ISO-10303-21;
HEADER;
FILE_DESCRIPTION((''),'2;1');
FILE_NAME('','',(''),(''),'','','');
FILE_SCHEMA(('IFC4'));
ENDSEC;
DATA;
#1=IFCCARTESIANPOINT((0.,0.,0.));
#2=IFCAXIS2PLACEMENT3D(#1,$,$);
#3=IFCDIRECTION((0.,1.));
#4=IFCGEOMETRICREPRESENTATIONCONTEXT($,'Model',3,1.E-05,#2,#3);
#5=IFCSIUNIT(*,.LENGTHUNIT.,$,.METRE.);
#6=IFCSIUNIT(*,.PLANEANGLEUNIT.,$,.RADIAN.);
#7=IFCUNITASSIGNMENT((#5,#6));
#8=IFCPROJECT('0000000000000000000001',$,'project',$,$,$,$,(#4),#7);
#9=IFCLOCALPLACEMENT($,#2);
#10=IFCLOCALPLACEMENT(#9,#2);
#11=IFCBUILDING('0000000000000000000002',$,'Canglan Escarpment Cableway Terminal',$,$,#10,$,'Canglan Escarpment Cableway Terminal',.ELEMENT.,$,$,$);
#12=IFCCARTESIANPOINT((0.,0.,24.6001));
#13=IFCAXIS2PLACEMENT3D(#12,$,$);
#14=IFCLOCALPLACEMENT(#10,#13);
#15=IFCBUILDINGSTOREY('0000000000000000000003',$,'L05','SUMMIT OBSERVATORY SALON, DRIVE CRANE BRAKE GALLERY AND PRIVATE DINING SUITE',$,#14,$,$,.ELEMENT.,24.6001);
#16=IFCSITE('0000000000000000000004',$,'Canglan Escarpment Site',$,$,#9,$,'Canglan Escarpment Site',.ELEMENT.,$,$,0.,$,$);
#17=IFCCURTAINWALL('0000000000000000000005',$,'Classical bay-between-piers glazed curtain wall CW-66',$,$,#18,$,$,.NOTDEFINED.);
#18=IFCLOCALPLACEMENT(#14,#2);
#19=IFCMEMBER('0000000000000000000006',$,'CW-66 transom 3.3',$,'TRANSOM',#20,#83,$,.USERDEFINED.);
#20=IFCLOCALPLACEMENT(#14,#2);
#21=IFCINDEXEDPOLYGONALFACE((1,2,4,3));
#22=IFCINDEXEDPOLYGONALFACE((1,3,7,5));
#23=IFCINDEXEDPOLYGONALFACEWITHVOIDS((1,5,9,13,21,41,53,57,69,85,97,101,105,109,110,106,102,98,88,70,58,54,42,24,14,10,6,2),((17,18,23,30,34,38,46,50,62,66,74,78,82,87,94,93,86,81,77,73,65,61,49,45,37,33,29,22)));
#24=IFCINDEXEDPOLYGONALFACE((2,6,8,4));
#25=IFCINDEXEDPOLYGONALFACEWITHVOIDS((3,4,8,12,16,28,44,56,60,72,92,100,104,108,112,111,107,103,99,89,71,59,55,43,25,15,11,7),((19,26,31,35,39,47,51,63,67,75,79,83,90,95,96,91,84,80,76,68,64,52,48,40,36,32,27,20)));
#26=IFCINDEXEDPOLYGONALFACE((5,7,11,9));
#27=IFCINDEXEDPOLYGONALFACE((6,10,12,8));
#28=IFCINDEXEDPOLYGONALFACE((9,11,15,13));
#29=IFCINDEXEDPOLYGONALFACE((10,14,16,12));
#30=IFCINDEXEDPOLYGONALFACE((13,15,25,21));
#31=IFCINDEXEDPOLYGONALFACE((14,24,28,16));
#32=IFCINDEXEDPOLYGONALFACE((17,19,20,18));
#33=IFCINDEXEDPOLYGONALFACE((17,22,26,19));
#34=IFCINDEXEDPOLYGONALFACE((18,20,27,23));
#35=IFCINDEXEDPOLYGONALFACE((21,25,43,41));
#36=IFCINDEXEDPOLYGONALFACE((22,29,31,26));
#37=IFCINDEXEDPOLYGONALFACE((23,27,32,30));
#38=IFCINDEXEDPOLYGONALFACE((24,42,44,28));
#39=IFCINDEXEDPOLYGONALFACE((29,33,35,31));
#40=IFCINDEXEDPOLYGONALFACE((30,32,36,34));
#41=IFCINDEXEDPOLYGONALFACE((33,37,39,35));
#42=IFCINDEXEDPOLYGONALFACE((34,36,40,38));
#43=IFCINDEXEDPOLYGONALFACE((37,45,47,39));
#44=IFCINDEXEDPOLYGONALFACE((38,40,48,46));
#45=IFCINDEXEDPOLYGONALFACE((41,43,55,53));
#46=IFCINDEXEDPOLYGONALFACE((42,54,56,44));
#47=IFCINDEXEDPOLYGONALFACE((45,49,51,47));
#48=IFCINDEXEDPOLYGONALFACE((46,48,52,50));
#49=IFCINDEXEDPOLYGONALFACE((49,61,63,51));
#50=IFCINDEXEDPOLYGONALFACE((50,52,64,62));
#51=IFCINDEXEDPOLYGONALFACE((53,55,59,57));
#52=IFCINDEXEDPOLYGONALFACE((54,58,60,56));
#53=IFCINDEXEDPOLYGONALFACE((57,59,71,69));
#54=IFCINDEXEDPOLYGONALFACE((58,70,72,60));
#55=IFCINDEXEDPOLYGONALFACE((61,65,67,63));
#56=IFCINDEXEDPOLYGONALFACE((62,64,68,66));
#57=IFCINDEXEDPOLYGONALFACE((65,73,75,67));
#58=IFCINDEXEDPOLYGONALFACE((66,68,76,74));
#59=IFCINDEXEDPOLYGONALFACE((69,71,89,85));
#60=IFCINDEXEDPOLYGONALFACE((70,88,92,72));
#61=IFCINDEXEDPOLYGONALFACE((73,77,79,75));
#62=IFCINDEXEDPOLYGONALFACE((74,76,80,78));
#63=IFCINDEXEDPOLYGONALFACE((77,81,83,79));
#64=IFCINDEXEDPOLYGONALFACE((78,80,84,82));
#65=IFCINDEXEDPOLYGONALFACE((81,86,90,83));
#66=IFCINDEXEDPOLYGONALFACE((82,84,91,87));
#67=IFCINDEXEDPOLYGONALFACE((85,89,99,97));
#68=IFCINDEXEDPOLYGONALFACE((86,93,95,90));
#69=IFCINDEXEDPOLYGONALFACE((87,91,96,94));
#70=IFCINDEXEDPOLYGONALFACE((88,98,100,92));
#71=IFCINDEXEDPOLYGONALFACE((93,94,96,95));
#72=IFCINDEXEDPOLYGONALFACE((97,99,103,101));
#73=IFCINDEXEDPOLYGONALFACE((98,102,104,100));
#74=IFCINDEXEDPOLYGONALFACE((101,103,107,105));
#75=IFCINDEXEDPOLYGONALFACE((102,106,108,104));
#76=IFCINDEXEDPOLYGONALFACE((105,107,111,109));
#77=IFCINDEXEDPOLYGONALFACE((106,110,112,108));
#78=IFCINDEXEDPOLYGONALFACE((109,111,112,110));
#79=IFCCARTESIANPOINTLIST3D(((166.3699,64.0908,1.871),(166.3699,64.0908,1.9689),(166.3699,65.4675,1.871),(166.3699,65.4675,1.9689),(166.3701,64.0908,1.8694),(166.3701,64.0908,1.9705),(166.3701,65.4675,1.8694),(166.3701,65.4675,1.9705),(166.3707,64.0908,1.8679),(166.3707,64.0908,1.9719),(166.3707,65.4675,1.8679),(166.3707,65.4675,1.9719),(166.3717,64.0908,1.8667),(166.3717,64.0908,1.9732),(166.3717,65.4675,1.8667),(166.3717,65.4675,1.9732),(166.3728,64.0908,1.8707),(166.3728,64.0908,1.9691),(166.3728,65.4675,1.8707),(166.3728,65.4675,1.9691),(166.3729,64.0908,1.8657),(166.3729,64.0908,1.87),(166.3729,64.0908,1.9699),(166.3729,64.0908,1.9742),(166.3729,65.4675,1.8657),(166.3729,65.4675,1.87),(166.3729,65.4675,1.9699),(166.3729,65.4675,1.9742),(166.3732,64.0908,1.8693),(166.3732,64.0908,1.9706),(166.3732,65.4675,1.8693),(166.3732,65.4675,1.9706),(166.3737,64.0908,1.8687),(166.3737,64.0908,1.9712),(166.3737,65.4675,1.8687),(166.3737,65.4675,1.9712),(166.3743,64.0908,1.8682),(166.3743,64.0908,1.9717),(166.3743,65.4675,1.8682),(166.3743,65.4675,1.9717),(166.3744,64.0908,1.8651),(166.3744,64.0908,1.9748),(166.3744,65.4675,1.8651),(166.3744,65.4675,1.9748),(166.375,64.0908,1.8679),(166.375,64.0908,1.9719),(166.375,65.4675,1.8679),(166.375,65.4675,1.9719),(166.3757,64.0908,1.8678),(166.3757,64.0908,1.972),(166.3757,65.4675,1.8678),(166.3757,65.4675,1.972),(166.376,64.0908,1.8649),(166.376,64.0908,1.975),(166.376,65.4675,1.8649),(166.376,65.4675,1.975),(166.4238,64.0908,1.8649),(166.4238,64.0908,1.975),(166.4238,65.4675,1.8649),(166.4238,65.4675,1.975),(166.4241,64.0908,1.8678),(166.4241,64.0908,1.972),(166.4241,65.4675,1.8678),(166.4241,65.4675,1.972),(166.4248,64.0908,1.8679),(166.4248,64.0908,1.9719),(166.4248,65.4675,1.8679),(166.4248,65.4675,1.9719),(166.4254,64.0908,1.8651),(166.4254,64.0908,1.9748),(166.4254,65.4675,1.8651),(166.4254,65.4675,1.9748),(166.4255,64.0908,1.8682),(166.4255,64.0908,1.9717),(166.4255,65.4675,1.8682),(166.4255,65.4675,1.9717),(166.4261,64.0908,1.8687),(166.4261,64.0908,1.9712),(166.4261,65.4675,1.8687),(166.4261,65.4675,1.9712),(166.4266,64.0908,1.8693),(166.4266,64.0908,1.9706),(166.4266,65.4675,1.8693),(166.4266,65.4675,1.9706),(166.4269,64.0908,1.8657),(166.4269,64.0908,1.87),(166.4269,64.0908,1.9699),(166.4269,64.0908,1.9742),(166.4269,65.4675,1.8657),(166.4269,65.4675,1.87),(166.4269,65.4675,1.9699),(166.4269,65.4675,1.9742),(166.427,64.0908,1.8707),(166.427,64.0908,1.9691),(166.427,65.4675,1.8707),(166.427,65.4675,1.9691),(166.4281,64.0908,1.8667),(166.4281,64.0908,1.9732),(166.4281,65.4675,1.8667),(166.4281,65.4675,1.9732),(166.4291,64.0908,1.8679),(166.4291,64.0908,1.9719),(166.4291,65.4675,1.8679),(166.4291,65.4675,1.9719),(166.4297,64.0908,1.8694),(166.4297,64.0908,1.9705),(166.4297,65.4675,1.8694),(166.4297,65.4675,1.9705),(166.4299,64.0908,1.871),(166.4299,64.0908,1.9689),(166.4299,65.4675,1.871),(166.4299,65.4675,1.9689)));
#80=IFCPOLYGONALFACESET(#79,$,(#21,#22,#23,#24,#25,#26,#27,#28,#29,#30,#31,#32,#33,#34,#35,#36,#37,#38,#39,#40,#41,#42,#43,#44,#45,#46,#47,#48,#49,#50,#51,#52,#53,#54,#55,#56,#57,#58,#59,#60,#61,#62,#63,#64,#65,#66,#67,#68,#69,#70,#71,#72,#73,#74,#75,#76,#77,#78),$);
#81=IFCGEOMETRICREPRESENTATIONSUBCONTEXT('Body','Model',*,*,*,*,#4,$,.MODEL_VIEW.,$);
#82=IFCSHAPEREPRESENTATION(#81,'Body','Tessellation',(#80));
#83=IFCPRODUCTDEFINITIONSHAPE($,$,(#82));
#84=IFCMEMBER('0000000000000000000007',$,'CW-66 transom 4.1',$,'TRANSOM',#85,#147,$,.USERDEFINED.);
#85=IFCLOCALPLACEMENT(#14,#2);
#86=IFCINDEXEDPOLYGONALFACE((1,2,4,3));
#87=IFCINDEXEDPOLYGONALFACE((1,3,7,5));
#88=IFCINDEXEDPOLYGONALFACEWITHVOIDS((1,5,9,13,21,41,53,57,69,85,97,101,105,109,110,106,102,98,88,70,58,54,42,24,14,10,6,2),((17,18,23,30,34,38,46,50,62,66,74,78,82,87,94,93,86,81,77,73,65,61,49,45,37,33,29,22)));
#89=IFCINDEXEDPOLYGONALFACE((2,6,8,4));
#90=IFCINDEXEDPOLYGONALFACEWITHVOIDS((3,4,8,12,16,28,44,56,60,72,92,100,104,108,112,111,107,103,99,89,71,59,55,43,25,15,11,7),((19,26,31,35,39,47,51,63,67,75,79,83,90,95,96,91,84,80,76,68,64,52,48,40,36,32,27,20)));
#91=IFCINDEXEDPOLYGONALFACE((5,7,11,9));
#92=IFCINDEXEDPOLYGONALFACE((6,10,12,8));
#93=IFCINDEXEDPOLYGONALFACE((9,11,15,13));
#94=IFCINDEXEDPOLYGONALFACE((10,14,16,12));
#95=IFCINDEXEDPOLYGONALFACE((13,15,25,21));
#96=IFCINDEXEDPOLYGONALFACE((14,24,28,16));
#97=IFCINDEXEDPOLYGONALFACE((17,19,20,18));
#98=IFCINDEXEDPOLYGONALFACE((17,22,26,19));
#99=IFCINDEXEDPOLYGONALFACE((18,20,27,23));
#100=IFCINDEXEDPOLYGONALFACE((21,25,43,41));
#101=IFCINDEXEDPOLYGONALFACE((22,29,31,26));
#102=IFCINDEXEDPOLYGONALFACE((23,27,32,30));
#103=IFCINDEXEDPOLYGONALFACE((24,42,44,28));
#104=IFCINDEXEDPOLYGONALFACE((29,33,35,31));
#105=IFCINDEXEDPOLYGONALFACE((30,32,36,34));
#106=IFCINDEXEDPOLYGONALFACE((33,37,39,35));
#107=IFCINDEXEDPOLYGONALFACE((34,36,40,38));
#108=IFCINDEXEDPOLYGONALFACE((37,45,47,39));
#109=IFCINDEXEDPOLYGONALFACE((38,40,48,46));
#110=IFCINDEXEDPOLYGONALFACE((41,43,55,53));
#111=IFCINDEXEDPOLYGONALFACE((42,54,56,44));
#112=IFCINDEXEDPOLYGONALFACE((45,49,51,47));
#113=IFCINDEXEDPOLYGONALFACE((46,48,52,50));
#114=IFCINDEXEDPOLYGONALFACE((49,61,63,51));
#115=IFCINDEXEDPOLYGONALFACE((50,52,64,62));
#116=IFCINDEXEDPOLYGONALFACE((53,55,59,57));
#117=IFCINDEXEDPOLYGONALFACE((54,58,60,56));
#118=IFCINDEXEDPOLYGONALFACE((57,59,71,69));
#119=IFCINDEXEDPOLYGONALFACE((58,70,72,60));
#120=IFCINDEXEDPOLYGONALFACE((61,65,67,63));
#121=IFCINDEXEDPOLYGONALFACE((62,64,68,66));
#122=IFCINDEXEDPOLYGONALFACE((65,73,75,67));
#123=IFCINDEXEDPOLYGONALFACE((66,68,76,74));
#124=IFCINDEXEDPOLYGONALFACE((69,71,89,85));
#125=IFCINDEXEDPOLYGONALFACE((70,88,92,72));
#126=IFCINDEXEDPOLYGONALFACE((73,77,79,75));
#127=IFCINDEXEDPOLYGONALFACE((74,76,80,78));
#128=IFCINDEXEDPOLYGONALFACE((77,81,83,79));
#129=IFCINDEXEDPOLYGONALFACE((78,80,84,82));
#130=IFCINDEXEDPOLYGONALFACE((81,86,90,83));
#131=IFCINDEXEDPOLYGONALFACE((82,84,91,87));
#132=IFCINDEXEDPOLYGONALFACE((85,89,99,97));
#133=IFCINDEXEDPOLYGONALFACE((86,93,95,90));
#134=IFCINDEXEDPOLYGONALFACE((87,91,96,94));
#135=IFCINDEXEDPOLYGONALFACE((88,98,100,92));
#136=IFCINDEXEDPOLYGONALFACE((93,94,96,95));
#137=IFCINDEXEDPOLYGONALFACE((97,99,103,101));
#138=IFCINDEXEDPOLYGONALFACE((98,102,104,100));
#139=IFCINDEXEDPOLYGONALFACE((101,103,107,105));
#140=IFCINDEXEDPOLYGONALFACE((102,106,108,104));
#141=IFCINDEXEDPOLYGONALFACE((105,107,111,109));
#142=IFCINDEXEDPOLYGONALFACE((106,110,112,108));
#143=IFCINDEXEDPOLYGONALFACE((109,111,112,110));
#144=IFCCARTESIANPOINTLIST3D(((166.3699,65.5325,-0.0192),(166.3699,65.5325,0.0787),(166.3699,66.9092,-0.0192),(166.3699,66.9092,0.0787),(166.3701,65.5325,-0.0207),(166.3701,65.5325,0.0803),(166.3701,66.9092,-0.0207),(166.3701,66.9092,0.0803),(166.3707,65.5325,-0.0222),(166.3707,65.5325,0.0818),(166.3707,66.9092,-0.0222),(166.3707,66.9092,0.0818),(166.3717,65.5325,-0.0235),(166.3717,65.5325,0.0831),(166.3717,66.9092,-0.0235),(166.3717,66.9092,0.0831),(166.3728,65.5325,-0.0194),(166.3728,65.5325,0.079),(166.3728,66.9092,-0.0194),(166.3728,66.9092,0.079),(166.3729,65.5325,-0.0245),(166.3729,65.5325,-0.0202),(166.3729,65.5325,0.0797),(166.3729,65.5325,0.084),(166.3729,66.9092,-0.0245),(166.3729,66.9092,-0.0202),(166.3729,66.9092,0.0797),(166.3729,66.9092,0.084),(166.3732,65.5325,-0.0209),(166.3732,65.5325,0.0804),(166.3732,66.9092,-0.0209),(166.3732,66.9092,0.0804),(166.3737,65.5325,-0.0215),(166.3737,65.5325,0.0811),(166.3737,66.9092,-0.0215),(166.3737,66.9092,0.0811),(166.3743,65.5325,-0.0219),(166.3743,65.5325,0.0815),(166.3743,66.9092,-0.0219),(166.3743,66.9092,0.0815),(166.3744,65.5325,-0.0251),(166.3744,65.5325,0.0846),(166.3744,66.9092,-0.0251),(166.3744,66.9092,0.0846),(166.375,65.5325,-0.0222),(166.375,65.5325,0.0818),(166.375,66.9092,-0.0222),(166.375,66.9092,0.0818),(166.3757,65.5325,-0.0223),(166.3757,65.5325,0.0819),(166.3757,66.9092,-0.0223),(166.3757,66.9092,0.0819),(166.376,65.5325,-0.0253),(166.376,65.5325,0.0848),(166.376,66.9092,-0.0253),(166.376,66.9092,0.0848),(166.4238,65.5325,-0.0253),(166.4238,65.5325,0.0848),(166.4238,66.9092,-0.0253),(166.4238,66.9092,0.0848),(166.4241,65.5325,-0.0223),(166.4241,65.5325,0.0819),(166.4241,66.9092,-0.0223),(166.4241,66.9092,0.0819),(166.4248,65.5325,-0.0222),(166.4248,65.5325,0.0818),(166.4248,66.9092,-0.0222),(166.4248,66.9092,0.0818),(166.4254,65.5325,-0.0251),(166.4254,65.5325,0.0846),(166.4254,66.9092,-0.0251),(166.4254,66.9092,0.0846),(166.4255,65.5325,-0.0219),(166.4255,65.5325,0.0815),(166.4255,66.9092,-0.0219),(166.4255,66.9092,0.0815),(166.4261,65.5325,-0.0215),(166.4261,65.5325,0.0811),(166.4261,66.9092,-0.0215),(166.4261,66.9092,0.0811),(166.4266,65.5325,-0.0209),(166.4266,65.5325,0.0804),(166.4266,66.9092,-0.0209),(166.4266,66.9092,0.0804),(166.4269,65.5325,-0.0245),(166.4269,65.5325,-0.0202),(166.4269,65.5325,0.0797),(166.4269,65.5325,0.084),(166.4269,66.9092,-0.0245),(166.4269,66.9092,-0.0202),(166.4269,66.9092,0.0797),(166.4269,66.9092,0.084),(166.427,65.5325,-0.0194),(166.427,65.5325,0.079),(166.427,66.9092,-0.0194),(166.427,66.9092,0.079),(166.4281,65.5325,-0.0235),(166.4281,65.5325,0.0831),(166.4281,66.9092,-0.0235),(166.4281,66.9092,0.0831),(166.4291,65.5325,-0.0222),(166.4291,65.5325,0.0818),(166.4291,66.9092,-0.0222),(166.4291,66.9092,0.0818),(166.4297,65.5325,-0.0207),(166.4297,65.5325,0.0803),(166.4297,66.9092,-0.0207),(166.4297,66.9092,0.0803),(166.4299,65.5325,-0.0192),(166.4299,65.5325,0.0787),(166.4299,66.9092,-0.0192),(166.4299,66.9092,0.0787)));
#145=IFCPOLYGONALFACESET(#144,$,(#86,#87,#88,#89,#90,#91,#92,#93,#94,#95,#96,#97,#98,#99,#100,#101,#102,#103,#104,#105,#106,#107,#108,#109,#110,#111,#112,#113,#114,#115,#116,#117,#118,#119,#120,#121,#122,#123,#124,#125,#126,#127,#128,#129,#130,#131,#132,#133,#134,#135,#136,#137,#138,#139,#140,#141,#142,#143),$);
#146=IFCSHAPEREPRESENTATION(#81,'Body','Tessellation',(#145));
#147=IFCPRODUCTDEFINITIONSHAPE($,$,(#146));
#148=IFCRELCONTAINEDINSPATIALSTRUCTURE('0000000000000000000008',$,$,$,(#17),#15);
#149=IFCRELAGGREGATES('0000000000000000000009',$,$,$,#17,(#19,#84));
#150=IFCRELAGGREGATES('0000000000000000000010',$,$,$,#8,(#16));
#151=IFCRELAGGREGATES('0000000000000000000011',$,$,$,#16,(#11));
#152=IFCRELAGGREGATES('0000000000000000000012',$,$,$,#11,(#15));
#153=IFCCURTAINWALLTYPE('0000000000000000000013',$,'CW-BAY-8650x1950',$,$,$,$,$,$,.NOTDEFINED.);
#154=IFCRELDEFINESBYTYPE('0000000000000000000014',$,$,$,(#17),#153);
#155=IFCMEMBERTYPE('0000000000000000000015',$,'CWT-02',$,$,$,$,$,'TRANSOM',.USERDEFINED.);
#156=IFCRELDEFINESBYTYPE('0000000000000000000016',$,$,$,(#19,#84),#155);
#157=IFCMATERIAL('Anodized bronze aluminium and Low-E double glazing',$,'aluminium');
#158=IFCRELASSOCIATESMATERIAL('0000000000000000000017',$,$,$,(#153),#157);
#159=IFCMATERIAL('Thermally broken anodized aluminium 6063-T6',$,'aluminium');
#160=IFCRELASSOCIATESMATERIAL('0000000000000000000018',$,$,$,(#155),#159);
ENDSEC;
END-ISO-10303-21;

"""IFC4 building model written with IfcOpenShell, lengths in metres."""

from ifc_helpers import new_model, si_unit, direction, frame, origin, origin_2d, place, context, subcontext, project, spatial, hollow_rectangle, extrude, material, material_profile, profile_set, type_object, element, aggregate, save


model = new_model("IFC4")

# Units and contexts
model_context = context("Model", 3, precision=1e-05, world=origin(), true_north=direction((0.0, 1.0)))
body_context = subcontext(model_context, "Body", "Model", "MODEL_VIEW")
ifc_project = project(units=[si_unit("LENGTHUNIT", "METRE"), si_unit("PLANEANGLEUNIT", "RADIAN")], contexts=[model_context])

# Site, building, storey
site_placement = place(None, origin())
site = spatial("IfcSite", under=ifc_project, at=site_placement, Name="Canglan Escarpment Site", LongName="Canglan Escarpment Site", CompositionType="ELEMENT", RefElevation=0.0)
building_placement = place(site_placement, origin())
building = spatial("IfcBuilding", under=site, at=building_placement, Name="Canglan Escarpment Cableway Terminal", LongName="Canglan Escarpment Cableway Terminal", CompositionType="ELEMENT")
storey_placement = place(building_placement, frame((0.0, 0.0, 24.6001)))
storey = spatial("IfcBuildingStorey", under=building, at=storey_placement, Name="L05", Description="SUMMIT OBSERVATORY SALON, DRIVE CRANE BRAKE GALLERY AND PRIVATE DINING SUITE", CompositionType="ELEMENT", Elevation=24.6001)

# Shared definitions
ifc_material_1 = material(Name="Anodized bronze aluminium and Low-E double glazing", Category="aluminium")
curtain_wall_type = type_object("IfcCurtainWallType", Name="CW-BAY-8650x1950", PredefinedType="NOTDEFINED", material=ifc_material_1)
ifc_material_2 = material(Name="Thermally broken anodized aluminium 6063-T6", Category="aluminium")

# Curtain wall
curtain_wall_1_placement = place(storey_placement, origin())
curtain_wall_1 = element("IfcCurtainWall", 1, at=curtain_wall_1_placement, inside=storey, type_object=curtain_wall_type, Name="Classical bay-between-piers glazed curtain wall CW-66", PredefinedType="NOTDEFINED")

# Members
ifc_material_profile_1 = material_profile(ifc_material_2, hollow_rectangle(XDim=0.0601, YDim=0.1101, WallThickness=0.0029, InnerFilletRadius=0.0029, OuterFilletRadius=0.0061, at=origin_2d()), Name="ALU-TRAN 60x110x3")
ifc_profile_set_1 = profile_set([ifc_material_profile_1], Name="Thermally broken anodized aluminium 6063-T6")
member_type_1 = type_object("IfcMemberType", Name="CWT-02", ElementType="TRANSOM", PredefinedType="USERDEFINED", material=ifc_profile_set_1)
member_1_placement = place(storey_placement, frame((166.3999, 64.0908, 1.9199), z_axis=(0.0, 1.0, 0.0), x_axis=(-1.0, 0.0, 0.0)))
member_1 = element("IfcMember", 2, at=member_1_placement, type_object=member_type_1, Name="CW-66 transom 3.3", ObjectType="TRANSOM", PredefinedType="USERDEFINED", context=body_context, shape_type="SweptSolid", body=[
    extrude(hollow_rectangle(XDim=0.0601, YDim=0.1101, WallThickness=0.0029, InnerFilletRadius=0.0029, OuterFilletRadius=0.0061, at=origin_2d()), origin(), (0.0, 0.0, 1.0), 1.3767),
])
member_2_placement = place(storey_placement, frame((166.3999, 65.5325, 0.0298), z_axis=(0.0, 1.0, 0.0), x_axis=(-1.0, 0.0, 0.0)))
member_2 = element("IfcMember", 3, at=member_2_placement, type_object=member_type_1, Name="CW-66 transom 4.1", ObjectType="TRANSOM", PredefinedType="USERDEFINED", context=body_context, shape_type="SweptSolid", body=[
    extrude(hollow_rectangle(XDim=0.0601, YDim=0.1101, WallThickness=0.0029, InnerFilletRadius=0.0029, OuterFilletRadius=0.0061, at=origin_2d()), origin(), (0.0, 0.0, 1.0), 1.3767),
])

aggregate(curtain_wall_1, [member_1, member_2])

save(model, "model.ifc")
